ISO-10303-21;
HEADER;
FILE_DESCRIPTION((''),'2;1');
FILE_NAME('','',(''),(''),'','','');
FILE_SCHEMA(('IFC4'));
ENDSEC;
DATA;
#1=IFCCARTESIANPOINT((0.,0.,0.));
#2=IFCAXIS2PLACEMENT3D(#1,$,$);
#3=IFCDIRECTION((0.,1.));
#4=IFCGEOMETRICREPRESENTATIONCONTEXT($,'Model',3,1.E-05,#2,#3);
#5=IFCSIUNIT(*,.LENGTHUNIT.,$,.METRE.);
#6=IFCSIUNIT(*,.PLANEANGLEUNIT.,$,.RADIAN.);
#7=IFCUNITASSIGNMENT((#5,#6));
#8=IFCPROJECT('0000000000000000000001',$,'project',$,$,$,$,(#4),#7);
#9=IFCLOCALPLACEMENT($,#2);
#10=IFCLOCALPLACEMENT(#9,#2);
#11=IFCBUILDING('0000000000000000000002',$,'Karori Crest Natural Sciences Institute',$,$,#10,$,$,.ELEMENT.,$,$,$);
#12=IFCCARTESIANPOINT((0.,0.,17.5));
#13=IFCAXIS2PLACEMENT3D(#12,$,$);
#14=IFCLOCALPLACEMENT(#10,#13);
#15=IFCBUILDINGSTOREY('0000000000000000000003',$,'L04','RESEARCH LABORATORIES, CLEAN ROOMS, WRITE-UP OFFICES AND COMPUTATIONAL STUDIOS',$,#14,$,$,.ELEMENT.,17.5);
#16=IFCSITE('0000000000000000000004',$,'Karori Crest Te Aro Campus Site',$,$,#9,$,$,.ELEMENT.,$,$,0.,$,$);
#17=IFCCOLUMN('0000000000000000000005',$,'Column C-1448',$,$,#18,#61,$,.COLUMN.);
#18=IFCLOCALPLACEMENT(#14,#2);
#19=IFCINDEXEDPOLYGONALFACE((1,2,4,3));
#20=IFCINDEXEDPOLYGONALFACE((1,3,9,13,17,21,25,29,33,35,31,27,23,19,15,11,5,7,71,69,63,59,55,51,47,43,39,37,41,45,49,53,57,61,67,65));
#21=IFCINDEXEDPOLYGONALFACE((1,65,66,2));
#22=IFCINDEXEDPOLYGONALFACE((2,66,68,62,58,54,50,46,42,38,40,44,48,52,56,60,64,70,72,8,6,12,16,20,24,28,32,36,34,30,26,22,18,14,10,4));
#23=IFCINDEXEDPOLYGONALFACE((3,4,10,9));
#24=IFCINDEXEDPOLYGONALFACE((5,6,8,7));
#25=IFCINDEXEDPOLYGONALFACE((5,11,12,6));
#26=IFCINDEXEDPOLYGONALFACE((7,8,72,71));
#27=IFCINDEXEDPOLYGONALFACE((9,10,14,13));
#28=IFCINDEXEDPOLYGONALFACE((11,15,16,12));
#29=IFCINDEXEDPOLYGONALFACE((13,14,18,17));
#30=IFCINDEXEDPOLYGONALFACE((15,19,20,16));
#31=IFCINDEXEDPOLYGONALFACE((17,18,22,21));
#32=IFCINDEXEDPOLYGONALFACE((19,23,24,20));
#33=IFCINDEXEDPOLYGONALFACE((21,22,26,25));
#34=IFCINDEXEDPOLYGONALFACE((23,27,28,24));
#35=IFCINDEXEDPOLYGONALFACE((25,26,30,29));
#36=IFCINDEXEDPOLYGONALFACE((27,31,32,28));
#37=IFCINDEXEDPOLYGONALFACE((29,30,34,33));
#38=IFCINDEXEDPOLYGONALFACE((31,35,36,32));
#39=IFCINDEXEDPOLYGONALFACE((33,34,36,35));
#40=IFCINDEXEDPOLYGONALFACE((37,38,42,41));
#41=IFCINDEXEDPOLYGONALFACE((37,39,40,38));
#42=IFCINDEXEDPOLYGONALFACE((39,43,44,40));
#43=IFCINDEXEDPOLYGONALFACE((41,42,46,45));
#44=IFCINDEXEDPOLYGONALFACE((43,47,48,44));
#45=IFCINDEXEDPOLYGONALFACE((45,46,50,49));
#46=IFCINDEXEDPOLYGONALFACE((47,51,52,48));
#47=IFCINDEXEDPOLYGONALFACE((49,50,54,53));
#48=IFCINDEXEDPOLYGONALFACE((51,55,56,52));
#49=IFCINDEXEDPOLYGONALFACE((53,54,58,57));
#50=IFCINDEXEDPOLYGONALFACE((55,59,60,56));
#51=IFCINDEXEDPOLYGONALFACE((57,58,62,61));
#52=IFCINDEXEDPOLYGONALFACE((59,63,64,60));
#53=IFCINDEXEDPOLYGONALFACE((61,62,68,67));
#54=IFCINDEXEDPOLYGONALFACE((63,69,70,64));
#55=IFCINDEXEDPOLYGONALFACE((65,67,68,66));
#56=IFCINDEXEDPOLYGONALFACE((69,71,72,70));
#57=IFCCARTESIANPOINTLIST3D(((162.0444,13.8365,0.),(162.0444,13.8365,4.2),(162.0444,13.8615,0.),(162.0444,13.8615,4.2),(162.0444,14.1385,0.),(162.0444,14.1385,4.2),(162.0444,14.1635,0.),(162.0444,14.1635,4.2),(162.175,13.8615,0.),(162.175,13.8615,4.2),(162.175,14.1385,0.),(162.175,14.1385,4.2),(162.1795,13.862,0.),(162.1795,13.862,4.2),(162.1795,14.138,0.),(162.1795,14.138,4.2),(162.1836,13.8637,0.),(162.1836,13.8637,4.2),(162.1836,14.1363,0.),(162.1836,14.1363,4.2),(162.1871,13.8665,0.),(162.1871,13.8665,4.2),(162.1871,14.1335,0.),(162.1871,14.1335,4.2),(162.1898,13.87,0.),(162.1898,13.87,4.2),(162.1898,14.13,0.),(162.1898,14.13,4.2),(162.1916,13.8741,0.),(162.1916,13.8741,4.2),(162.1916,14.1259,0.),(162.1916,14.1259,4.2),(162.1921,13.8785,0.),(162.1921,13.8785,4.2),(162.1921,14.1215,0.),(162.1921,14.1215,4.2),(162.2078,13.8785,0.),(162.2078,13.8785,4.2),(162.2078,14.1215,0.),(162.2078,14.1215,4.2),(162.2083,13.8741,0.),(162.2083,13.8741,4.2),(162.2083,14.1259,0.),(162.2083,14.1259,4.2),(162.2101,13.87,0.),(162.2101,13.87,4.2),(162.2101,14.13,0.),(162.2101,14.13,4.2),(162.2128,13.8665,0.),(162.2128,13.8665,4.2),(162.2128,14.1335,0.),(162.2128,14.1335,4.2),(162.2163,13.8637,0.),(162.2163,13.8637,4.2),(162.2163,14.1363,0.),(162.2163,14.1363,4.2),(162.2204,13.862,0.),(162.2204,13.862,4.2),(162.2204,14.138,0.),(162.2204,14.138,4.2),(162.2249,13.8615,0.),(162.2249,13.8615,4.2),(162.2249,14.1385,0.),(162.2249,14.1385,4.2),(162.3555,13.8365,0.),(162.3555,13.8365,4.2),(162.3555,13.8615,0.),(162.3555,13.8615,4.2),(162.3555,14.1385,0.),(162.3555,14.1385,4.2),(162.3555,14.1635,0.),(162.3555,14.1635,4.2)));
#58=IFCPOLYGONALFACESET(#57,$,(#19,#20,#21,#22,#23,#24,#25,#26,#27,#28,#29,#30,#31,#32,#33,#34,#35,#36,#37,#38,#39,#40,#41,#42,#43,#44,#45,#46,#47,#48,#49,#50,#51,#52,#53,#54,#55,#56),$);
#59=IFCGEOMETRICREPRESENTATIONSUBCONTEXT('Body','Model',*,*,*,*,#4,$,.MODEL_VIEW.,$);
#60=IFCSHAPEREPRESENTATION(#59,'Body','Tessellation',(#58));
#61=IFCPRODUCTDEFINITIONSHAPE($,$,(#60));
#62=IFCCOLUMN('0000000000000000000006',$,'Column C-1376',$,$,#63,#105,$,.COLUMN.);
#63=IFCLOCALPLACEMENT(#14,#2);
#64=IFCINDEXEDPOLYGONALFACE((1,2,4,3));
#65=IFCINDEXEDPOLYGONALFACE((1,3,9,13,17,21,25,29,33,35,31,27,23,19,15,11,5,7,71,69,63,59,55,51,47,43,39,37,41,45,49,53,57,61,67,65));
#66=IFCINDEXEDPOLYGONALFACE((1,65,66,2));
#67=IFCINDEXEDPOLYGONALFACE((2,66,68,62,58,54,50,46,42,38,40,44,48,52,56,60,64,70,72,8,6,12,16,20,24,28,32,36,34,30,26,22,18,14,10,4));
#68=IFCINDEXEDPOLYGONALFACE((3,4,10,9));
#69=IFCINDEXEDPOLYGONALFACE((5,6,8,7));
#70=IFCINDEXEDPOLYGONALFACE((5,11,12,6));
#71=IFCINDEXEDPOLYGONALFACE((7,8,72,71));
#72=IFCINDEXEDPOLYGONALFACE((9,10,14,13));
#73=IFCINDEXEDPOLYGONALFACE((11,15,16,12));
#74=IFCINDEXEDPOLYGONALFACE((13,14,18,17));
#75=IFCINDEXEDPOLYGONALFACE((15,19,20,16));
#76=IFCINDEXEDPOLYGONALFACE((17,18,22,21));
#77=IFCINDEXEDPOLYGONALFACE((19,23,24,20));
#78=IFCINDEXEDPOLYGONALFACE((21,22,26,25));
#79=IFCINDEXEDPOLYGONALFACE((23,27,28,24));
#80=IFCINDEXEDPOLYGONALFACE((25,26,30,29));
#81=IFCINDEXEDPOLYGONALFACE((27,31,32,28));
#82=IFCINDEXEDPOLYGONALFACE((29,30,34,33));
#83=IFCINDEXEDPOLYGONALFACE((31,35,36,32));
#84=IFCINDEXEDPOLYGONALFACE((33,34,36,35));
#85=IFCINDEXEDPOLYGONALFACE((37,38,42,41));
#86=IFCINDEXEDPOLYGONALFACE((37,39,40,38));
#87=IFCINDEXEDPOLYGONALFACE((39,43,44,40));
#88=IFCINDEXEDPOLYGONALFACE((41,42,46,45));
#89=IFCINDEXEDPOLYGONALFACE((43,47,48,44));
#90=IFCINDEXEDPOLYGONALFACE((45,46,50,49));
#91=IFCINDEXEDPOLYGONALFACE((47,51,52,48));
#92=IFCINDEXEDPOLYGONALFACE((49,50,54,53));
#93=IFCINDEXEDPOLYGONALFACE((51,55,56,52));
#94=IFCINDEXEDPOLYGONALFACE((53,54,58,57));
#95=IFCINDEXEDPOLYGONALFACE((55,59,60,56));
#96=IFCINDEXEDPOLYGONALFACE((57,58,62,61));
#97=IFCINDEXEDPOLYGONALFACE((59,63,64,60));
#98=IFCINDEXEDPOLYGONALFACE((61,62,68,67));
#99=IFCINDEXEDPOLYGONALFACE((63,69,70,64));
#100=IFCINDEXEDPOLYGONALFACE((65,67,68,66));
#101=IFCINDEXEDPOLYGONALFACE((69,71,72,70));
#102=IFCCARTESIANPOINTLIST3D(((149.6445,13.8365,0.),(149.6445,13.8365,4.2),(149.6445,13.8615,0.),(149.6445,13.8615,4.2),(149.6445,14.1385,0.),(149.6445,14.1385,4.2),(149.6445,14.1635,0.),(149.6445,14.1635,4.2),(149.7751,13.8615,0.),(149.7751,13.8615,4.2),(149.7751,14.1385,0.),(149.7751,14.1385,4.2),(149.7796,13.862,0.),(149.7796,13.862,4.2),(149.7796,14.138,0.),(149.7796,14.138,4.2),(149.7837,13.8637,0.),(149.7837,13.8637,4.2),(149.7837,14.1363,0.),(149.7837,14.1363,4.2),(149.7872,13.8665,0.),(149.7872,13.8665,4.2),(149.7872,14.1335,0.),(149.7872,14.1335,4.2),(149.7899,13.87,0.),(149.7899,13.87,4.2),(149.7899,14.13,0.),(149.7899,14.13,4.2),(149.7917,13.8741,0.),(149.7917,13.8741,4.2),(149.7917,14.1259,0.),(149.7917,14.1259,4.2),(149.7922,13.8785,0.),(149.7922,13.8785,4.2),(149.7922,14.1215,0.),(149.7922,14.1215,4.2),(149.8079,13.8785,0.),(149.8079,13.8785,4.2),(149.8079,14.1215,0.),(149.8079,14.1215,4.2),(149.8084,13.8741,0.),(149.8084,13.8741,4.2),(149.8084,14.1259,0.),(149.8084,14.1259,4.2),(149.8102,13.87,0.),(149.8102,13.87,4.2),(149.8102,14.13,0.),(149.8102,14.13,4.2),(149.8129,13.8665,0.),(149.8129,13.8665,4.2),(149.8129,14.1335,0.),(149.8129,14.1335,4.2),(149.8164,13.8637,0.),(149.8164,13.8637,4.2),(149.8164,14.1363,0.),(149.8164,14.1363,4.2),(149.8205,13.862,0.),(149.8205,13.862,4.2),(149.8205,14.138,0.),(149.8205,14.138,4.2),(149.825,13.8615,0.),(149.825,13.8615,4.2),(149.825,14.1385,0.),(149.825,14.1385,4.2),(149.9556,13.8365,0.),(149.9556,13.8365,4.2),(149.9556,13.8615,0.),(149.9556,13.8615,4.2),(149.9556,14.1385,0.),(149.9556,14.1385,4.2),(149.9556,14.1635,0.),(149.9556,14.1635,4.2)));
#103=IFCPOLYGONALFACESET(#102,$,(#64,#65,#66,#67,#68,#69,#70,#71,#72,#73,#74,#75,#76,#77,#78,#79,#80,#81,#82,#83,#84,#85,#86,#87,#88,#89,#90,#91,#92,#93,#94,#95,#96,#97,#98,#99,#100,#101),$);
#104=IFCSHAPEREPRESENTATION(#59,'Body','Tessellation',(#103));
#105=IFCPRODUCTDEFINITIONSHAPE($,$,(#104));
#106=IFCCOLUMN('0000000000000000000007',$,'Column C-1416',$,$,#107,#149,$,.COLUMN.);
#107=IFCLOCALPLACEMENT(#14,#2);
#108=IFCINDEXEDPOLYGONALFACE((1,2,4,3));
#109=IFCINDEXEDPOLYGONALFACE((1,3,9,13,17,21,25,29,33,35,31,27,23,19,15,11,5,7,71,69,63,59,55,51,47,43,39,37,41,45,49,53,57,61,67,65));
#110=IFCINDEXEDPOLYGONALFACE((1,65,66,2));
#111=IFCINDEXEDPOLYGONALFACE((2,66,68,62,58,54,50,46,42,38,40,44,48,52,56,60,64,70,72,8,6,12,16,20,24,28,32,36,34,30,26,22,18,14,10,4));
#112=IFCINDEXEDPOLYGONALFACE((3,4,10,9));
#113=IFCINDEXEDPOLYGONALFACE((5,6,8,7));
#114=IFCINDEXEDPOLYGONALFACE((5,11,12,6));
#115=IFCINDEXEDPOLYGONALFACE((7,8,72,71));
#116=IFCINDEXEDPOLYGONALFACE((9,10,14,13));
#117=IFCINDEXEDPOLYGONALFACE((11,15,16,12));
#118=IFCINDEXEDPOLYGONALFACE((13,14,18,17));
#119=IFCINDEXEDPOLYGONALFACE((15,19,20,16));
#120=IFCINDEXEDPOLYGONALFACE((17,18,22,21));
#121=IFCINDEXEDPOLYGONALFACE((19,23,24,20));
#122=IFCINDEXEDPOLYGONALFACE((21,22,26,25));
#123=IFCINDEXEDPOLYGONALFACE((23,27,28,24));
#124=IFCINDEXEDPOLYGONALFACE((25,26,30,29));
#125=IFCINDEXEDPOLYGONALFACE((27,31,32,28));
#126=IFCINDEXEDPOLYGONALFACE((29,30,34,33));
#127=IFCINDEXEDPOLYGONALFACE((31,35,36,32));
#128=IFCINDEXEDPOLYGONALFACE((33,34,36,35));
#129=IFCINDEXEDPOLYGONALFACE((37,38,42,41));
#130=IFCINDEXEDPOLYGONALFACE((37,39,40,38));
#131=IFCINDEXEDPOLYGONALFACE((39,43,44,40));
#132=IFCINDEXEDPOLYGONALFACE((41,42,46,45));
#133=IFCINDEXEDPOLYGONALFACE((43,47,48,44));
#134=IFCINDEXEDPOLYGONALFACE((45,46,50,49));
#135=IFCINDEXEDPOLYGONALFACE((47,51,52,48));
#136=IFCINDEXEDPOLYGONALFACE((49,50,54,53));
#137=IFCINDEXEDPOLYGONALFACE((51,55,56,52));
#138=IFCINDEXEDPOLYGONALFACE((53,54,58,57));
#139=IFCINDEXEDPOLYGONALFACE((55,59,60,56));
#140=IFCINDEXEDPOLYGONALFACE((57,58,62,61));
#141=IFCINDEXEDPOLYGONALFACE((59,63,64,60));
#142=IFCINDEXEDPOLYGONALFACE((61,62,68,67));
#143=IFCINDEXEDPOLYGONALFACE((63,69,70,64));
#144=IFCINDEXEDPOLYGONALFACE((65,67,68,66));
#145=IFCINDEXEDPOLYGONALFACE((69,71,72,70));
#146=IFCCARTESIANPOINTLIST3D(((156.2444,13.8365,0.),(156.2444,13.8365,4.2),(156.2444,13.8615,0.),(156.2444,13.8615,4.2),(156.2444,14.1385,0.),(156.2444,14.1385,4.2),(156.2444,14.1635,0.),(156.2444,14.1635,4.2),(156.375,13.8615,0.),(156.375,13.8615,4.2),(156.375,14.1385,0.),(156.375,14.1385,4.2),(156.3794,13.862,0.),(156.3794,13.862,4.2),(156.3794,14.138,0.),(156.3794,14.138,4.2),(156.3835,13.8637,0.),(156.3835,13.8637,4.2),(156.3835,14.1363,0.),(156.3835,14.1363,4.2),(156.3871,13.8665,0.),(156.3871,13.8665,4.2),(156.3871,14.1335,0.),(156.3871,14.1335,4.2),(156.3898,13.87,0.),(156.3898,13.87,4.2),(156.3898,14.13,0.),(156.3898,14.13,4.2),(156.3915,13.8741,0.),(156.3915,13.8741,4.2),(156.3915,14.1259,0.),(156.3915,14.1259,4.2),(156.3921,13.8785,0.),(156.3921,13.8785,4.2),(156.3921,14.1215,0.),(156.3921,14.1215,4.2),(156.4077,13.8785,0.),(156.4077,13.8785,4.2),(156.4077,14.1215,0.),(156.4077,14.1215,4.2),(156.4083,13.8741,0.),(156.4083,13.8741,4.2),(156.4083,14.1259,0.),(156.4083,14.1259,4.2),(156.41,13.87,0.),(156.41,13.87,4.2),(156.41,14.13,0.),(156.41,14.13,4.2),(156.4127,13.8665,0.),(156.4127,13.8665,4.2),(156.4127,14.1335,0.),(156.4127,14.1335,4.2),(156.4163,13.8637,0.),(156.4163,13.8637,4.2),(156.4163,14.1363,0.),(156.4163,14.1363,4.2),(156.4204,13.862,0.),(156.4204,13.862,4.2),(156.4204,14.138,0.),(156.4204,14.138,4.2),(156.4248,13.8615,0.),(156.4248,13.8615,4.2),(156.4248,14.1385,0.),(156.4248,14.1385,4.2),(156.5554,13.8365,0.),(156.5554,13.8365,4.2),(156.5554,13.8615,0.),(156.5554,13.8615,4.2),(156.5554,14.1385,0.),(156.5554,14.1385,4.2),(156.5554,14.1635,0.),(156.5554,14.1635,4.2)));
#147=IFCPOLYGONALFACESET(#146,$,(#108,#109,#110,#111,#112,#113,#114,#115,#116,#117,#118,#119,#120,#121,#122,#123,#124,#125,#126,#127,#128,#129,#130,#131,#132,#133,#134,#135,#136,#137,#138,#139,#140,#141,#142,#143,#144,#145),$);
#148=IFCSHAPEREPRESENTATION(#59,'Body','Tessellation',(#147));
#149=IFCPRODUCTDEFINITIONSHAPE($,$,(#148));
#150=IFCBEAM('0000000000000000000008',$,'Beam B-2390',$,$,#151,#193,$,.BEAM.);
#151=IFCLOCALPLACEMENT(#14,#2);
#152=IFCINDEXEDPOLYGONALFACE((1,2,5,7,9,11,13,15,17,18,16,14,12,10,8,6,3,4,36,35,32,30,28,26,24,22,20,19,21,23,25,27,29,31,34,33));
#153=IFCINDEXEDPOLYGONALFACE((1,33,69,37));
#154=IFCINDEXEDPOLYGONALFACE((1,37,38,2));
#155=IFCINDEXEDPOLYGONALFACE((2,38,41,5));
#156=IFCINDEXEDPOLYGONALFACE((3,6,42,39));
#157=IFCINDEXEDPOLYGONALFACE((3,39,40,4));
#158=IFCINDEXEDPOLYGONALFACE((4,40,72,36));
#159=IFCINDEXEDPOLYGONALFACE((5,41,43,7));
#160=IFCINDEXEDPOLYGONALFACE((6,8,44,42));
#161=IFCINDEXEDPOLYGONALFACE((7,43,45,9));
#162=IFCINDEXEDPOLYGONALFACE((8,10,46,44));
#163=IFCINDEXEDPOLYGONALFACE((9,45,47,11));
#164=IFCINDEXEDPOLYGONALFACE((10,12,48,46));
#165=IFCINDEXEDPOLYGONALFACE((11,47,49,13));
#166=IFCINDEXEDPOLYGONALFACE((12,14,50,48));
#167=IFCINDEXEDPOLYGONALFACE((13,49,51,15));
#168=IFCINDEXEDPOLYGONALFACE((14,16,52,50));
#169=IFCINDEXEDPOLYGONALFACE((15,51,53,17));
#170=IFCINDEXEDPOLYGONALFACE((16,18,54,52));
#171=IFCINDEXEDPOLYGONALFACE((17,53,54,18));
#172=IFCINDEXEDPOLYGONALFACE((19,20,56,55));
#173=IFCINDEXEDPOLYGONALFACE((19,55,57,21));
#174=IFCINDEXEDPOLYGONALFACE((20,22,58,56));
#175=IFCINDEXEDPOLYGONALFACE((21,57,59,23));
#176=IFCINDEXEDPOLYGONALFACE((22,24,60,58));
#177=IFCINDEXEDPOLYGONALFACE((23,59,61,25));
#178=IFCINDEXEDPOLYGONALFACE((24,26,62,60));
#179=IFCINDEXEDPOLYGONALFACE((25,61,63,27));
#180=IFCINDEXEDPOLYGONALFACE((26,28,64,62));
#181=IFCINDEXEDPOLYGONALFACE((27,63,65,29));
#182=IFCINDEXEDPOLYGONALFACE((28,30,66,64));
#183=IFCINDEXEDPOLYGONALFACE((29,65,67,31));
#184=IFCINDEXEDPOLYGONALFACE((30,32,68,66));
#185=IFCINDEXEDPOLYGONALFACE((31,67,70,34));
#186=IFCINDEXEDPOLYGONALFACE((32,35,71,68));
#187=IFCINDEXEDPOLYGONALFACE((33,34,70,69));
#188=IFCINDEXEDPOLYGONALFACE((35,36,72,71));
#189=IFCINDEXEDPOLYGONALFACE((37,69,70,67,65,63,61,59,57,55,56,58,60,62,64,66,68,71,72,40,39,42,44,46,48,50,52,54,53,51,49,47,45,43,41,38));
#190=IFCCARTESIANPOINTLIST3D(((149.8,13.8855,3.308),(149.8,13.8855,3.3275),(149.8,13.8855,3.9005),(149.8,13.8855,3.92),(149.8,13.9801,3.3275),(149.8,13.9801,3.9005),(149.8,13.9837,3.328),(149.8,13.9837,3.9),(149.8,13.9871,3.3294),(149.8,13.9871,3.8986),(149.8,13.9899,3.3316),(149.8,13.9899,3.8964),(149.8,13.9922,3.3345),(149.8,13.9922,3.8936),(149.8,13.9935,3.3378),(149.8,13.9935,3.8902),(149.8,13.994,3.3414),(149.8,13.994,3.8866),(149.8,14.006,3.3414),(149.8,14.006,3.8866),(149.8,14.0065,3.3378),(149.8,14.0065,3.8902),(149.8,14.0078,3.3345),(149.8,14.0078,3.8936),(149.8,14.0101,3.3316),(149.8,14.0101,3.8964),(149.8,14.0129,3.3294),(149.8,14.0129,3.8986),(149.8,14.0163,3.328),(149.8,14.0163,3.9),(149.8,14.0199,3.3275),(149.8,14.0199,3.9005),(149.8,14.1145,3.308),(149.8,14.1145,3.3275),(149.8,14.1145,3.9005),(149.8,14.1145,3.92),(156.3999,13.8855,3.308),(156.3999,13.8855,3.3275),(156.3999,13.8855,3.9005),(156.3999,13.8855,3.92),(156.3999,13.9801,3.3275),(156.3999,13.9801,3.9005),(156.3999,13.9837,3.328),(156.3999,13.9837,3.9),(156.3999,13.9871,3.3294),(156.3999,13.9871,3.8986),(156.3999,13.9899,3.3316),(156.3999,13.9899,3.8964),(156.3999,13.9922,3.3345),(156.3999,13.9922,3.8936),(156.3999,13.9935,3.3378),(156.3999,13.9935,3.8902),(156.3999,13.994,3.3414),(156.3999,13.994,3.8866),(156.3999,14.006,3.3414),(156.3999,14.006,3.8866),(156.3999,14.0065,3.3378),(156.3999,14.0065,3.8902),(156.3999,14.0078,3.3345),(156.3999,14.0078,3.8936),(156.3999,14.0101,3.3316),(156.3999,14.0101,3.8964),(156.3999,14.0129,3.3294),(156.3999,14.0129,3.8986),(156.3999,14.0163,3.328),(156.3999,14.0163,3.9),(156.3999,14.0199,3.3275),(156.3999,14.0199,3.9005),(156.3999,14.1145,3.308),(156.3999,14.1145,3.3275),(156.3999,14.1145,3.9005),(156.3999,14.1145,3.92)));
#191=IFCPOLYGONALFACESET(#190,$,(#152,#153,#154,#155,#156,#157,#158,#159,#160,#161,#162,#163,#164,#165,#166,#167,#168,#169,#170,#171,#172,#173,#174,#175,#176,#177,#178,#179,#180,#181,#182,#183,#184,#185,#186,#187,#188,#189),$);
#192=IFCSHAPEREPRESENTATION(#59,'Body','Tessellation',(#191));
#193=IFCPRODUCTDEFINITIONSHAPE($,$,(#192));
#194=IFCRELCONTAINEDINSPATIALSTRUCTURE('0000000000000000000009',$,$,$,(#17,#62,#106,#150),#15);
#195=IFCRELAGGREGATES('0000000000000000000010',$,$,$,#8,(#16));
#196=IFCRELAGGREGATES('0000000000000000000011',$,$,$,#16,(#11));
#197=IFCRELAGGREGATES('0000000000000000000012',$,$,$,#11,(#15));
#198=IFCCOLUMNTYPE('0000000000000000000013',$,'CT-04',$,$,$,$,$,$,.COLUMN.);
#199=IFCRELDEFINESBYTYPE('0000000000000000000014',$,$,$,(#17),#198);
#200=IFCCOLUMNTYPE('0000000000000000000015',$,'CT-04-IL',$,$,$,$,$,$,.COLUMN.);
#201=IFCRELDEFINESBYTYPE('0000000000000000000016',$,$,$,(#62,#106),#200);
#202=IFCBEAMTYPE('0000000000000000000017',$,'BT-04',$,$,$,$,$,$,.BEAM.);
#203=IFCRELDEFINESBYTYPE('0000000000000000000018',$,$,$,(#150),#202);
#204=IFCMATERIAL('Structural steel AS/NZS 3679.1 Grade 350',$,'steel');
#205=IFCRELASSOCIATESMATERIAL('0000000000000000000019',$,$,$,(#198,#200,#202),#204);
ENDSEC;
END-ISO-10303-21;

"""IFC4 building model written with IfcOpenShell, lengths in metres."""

from ifc_helpers import new_model, si_unit, direction, frame, origin, origin_2d, place, context, subcontext, project, spatial, i_section, extrude, material, material_profile, profile_set, type_object, element, save


model = new_model("IFC4")

# Units and contexts
model_context = context("Model", 3, precision=1e-05, world=origin(), true_north=direction((0.0, 1.0)))
body_context = subcontext(model_context, "Body", "Model", "MODEL_VIEW")
ifc_project = project(units=[si_unit("LENGTHUNIT", "METRE"), si_unit("PLANEANGLEUNIT", "RADIAN")], contexts=[model_context])

# Site, building, storey
site_placement = place(None, origin())
site = spatial("IfcSite", under=ifc_project, at=site_placement, Name="Karori Crest Te Aro Campus Site", CompositionType="ELEMENT", RefElevation=0.0)
building_placement = place(site_placement, origin())
building = spatial("IfcBuilding", under=site, at=building_placement, Name="Karori Crest Natural Sciences Institute", CompositionType="ELEMENT")
storey_placement = place(building_placement, frame((0.0, 0.0, 17.5)))
storey = spatial("IfcBuildingStorey", under=building, at=storey_placement, Name="L04", Description="RESEARCH LABORATORIES, CLEAN ROOMS, WRITE-UP OFFICES AND COMPUTATIONAL STUDIOS", CompositionType="ELEMENT", Elevation=17.5)

# Columns
ifc_material_1 = material(Name="Structural steel AS/NZS 3679.1 Grade 350", Category="steel")
ifc_material_profile_1 = material_profile(ifc_material_1, i_section(OverallWidth=0.311, OverallDepth=0.3269, WebThickness=0.0156, FlangeThickness=0.0249, FilletRadius=0.0171, at=origin_2d()), Name="310UC158")
ifc_profile_set_1 = profile_set([ifc_material_profile_1], Name="Structural steel AS/NZS 3679.1 Grade 350")
column_type_1 = type_object("IfcColumnType", Name="CT-04", PredefinedType="COLUMN", material=ifc_profile_set_1)
column_placement = place(storey_placement, frame((162.2, 14.0, 0.0), z_axis=(0.0, 0.0, 1.0), x_axis=(1.0, 0.0, 0.0)))
element("IfcColumn", 1, at=column_placement, inside=storey, type_object=column_type_1, Name="Column C-1448", PredefinedType="COLUMN", context=body_context, shape_type="SweptSolid", body=[
    extrude(i_section(OverallWidth=0.311, OverallDepth=0.3269, WebThickness=0.0156, FlangeThickness=0.0249, FilletRadius=0.0171, at=origin_2d()), origin(), (0.0, 0.0, 1.0), 4.2),
])
ifc_material_profile_2 = material_profile(ifc_material_1, i_section(OverallWidth=0.311, OverallDepth=0.3269, WebThickness=0.0156, FlangeThickness=0.0249, FilletRadius=0.0171, at=origin_2d()), Name="310UC158")
ifc_profile_set_2 = profile_set([ifc_material_profile_2], Name="Structural steel AS/NZS 3679.1 Grade 350")
column_type_2 = type_object("IfcColumnType", Name="CT-04-IL", PredefinedType="COLUMN", material=ifc_profile_set_2)
for number, where, z_axis, x_axis, name in (
    (2, (149.8, 14.0, 0.0), (0.0, 0.0, 1.0), (1.0, 0.0, 0.0), "Column C-1376"),
    (3, (156.3999, 14.0, 0.0), (0.0, 0.0, 1.0), (1.0, 0.0, 0.0), "Column C-1416"),
):
    element("IfcColumn", number, at=place(storey_placement, frame(where, z_axis=z_axis, x_axis=x_axis)), inside=storey, type_object=column_type_2, Name=name, PredefinedType="COLUMN", context=body_context, shape_type="SweptSolid", body=[
        extrude(i_section(OverallWidth=0.311, OverallDepth=0.3269, WebThickness=0.0156, FlangeThickness=0.0249, FilletRadius=0.0171, at=origin_2d()), origin(), (0.0, 0.0, 1.0), 4.2),
    ])

# Beam
ifc_material_profile_3 = material_profile(ifc_material_1, i_section(OverallWidth=0.229, OverallDepth=0.6121, WebThickness=0.012, FlangeThickness=0.0195, FilletRadius=0.0139, at=origin_2d()), Name="610UB125")
ifc_profile_set_3 = profile_set([ifc_material_profile_3], Name="Structural steel AS/NZS 3679.1 Grade 350")
beam_type_1 = type_object("IfcBeamType", Name="BT-04", PredefinedType="BEAM", material=ifc_profile_set_3)
beam_1_placement = place(storey_placement, frame((149.8, 14.0, 3.614), z_axis=(1.0, 0.0, 0.0), x_axis=(0.0, 1.0, 0.0)))
element("IfcBeam", 4, at=beam_1_placement, inside=storey, type_object=beam_type_1, Name="Beam B-2390", PredefinedType="BEAM", context=body_context, shape_type="SweptSolid", body=[
    extrude(i_section(OverallWidth=0.229, OverallDepth=0.6121, WebThickness=0.012, FlangeThickness=0.0195, FilletRadius=0.0139, at=origin_2d()), origin(), (0.0, 0.0, 1.0), 6.5999),
])

save(model, "model.ifc")
